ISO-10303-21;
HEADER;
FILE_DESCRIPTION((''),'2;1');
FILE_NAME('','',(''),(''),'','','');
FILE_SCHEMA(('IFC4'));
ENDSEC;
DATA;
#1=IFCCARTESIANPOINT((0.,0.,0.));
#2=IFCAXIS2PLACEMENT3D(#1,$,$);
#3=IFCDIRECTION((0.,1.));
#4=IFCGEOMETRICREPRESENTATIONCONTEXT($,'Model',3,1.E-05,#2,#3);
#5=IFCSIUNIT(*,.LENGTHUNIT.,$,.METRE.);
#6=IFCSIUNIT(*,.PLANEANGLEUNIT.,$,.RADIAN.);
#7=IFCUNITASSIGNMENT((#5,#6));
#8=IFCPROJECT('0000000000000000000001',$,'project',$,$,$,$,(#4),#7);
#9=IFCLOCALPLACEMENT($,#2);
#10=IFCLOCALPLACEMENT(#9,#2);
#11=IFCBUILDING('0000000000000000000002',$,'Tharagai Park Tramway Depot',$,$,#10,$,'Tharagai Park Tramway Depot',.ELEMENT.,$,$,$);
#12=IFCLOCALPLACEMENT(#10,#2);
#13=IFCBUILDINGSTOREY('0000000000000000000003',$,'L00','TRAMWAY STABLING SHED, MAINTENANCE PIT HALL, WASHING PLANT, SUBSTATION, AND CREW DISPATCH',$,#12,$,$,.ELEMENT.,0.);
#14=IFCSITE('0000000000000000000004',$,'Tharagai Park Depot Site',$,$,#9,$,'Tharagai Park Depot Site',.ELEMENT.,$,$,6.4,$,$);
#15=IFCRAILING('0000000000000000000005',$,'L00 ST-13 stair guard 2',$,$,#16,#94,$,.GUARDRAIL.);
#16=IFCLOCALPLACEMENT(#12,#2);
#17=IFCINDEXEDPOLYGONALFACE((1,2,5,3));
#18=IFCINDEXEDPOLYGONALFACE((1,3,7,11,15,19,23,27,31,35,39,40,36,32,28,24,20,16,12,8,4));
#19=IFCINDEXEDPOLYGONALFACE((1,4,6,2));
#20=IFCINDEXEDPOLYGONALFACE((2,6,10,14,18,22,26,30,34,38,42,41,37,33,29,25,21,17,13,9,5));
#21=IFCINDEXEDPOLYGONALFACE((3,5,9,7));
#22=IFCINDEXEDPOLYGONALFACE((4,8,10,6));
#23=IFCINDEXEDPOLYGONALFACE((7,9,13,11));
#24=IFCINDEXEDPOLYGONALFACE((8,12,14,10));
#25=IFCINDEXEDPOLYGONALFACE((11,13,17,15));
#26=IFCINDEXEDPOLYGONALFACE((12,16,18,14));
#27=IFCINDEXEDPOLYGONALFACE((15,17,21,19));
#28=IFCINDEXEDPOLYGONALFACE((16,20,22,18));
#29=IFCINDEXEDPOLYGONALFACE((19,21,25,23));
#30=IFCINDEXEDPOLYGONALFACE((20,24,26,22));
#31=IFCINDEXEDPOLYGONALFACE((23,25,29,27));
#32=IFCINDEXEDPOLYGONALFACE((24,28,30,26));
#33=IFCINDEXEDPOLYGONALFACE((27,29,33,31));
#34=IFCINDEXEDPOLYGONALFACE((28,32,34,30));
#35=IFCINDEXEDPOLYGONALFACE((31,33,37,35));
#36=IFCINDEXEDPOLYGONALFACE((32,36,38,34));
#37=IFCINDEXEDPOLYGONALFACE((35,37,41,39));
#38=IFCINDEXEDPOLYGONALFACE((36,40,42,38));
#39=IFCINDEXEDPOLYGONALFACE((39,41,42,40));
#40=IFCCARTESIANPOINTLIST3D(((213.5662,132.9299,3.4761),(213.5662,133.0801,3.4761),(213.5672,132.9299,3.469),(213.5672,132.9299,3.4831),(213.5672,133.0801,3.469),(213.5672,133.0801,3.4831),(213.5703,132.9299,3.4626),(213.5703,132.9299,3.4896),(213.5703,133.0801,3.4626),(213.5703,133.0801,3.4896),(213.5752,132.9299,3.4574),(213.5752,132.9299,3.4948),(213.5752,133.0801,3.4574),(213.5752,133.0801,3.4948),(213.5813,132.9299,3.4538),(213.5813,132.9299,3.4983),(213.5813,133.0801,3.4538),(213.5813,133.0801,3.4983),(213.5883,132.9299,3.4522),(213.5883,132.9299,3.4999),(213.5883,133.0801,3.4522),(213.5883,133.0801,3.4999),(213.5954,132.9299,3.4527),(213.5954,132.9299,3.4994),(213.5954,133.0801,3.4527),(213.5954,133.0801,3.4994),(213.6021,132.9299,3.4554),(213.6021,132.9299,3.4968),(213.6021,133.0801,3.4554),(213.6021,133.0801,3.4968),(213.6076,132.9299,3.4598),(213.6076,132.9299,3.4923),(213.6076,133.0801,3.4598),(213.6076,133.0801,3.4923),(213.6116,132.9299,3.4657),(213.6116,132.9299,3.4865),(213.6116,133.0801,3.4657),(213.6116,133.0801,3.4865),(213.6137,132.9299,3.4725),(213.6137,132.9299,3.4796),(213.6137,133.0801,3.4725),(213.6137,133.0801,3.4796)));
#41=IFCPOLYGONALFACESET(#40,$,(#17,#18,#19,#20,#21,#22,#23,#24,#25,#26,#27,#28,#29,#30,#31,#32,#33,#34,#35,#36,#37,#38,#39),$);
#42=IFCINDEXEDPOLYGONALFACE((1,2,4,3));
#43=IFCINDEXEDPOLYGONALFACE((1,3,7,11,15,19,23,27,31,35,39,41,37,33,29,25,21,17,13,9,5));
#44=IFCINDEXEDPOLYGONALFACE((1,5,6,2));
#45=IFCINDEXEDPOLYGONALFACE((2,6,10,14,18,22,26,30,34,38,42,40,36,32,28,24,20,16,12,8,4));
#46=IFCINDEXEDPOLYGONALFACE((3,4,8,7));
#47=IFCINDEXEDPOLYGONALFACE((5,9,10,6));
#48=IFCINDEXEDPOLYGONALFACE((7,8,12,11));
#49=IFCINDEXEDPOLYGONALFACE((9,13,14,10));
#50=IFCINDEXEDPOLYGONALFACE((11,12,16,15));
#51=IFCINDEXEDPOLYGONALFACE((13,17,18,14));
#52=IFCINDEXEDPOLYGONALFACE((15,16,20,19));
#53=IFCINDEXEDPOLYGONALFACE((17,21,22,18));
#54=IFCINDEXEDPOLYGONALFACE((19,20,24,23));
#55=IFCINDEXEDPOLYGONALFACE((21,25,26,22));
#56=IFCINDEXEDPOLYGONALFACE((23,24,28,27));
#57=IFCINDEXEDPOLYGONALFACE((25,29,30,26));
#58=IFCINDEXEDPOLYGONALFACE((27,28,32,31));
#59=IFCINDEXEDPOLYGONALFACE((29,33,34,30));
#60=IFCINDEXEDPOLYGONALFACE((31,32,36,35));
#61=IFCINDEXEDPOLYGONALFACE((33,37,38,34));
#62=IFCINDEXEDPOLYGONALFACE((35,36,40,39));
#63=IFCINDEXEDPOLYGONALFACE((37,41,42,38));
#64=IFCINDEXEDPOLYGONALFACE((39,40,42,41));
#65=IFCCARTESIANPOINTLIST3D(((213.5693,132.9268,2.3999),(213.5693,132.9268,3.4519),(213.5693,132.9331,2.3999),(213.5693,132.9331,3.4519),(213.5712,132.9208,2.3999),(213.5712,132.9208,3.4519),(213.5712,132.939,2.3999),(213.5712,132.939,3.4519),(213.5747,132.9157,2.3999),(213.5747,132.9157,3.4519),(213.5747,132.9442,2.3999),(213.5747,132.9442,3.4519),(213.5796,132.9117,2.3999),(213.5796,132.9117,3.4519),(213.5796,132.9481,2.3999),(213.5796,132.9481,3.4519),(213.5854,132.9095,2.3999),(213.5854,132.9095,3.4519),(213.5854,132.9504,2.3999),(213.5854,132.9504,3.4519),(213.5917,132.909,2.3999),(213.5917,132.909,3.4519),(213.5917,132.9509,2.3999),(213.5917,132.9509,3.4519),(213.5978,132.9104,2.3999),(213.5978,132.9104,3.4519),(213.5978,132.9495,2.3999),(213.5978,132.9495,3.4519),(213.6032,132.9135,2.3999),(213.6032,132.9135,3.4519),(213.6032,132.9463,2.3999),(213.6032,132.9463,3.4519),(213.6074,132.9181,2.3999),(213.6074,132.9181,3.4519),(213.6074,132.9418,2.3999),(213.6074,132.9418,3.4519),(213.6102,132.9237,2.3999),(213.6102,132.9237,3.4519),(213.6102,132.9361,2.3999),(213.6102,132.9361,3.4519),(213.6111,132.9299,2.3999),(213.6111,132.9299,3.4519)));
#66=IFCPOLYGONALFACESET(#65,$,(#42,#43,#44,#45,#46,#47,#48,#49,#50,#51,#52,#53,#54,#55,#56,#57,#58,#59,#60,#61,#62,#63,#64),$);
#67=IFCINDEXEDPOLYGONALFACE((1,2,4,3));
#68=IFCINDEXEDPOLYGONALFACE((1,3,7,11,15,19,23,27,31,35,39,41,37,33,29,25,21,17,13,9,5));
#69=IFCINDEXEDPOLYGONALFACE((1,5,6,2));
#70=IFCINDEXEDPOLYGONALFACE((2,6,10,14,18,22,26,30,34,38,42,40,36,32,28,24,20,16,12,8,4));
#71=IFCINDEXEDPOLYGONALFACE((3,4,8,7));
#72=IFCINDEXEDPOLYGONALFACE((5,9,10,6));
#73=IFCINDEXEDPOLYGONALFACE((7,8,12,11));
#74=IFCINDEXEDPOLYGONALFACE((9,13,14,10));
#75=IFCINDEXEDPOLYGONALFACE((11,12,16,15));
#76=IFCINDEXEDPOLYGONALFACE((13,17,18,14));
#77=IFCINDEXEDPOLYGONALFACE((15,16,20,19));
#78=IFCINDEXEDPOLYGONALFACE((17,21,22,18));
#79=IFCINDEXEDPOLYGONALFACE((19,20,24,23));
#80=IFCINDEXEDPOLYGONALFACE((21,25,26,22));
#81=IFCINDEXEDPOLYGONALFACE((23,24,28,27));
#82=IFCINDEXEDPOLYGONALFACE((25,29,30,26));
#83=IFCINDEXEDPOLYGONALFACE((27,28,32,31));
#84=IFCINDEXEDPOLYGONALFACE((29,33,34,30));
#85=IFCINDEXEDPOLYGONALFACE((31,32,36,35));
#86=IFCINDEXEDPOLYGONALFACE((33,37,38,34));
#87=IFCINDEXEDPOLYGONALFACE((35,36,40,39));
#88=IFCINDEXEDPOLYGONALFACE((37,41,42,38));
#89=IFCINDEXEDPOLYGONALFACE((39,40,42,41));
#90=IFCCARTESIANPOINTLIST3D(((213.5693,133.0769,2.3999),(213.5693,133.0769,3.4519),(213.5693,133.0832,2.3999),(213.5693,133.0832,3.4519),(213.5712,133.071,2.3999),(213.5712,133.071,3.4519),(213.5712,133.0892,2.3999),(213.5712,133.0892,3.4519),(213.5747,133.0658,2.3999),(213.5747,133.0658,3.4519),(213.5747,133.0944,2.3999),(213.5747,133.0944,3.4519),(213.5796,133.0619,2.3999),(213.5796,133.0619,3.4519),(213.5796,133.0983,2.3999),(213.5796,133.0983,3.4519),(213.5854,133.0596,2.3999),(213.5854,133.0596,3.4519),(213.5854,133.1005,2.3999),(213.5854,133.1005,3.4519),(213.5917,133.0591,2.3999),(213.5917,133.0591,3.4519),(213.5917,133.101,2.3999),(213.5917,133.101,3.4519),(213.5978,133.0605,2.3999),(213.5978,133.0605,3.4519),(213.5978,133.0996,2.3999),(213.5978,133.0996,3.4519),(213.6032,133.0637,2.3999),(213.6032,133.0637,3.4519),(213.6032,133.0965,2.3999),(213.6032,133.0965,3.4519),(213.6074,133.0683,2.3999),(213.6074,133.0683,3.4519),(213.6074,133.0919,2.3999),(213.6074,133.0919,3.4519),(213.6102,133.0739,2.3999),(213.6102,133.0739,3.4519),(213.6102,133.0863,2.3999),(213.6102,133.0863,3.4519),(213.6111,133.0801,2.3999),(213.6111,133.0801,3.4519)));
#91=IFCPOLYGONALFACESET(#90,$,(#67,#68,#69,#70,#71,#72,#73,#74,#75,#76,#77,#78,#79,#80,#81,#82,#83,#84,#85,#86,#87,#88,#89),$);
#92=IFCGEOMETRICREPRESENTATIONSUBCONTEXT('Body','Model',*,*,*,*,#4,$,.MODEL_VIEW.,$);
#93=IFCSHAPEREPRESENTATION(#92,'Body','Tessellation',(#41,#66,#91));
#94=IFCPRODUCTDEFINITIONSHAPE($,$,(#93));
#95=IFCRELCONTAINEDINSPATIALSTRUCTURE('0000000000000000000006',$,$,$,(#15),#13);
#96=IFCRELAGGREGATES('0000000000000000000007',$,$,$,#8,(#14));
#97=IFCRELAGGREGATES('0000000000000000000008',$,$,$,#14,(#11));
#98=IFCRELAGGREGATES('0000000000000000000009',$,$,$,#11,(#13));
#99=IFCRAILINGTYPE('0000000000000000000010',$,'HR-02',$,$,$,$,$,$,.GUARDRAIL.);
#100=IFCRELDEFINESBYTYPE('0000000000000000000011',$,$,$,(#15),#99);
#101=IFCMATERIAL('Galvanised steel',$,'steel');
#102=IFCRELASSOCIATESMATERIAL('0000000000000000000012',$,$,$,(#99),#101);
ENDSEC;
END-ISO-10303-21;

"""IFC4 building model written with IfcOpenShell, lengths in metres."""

from ifc_helpers import new_model, si_unit, direction, frame, origin, origin_2d, place, context, subcontext, project, spatial, circle, extrude, material, type_object, element, save


model = new_model("IFC4")

# Units and contexts
model_context = context("Model", 3, precision=1e-05, world=origin(), true_north=direction((0.0, 1.0)))
body_context = subcontext(model_context, "Body", "Model", "MODEL_VIEW")
ifc_project = project(units=[si_unit("LENGTHUNIT", "METRE"), si_unit("PLANEANGLEUNIT", "RADIAN")], contexts=[model_context])

# Site, building, storey
site_placement = place(None, origin())
site = spatial("IfcSite", under=ifc_project, at=site_placement, Name="Tharagai Park Depot Site", LongName="Tharagai Park Depot Site", CompositionType="ELEMENT", RefElevation=6.4)
building_placement = place(site_placement, origin())
building = spatial("IfcBuilding", under=site, at=building_placement, Name="Tharagai Park Tramway Depot", LongName="Tharagai Park Tramway Depot", CompositionType="ELEMENT")
storey_placement = place(building_placement, origin())
storey = spatial("IfcBuildingStorey", under=building, at=storey_placement, Name="L00", Description="TRAMWAY STABLING SHED, MAINTENANCE PIT HALL, WASHING PLANT, SUBSTATION, AND CREW DISPATCH", CompositionType="ELEMENT", Elevation=0.0)

# Shared definitions
ifc_material_1 = material(Name="Galvanised steel", Category="steel")

# Railing
railing_type_1 = type_object("IfcRailingType", Name="HR-02", PredefinedType="GUARDRAIL", material=ifc_material_1)
railing_1_placement = place(storey_placement, frame((213.5901, 132.9299, 2.3999)))
element("IfcRailing", 1, at=railing_1_placement, inside=storey, type_object=railing_type_1, Name="L00 ST-13 stair guard 2", PredefinedType="GUARDRAIL", context=body_context, shape_type="SweptSolid", body=[
    extrude(circle(Radius=0.0239, at=origin_2d()), frame((0.0, 0.0, 1.0762), z_axis=(0.0, 1.0, 0.0), x_axis=(-1.0, 0.0, 0.0)), (0.0, 0.0, 1.0), 0.1501),
    extrude(circle(Radius=0.021, at=origin_2d()), origin(), (0.0, 0.0, 1.0), 1.052),
    extrude(circle(Radius=0.021, at=origin_2d()), frame((0.0, 0.1501, 0.0)), (0.0, 0.0, 1.0), 1.052),
])

save(model, "model.ifc")
